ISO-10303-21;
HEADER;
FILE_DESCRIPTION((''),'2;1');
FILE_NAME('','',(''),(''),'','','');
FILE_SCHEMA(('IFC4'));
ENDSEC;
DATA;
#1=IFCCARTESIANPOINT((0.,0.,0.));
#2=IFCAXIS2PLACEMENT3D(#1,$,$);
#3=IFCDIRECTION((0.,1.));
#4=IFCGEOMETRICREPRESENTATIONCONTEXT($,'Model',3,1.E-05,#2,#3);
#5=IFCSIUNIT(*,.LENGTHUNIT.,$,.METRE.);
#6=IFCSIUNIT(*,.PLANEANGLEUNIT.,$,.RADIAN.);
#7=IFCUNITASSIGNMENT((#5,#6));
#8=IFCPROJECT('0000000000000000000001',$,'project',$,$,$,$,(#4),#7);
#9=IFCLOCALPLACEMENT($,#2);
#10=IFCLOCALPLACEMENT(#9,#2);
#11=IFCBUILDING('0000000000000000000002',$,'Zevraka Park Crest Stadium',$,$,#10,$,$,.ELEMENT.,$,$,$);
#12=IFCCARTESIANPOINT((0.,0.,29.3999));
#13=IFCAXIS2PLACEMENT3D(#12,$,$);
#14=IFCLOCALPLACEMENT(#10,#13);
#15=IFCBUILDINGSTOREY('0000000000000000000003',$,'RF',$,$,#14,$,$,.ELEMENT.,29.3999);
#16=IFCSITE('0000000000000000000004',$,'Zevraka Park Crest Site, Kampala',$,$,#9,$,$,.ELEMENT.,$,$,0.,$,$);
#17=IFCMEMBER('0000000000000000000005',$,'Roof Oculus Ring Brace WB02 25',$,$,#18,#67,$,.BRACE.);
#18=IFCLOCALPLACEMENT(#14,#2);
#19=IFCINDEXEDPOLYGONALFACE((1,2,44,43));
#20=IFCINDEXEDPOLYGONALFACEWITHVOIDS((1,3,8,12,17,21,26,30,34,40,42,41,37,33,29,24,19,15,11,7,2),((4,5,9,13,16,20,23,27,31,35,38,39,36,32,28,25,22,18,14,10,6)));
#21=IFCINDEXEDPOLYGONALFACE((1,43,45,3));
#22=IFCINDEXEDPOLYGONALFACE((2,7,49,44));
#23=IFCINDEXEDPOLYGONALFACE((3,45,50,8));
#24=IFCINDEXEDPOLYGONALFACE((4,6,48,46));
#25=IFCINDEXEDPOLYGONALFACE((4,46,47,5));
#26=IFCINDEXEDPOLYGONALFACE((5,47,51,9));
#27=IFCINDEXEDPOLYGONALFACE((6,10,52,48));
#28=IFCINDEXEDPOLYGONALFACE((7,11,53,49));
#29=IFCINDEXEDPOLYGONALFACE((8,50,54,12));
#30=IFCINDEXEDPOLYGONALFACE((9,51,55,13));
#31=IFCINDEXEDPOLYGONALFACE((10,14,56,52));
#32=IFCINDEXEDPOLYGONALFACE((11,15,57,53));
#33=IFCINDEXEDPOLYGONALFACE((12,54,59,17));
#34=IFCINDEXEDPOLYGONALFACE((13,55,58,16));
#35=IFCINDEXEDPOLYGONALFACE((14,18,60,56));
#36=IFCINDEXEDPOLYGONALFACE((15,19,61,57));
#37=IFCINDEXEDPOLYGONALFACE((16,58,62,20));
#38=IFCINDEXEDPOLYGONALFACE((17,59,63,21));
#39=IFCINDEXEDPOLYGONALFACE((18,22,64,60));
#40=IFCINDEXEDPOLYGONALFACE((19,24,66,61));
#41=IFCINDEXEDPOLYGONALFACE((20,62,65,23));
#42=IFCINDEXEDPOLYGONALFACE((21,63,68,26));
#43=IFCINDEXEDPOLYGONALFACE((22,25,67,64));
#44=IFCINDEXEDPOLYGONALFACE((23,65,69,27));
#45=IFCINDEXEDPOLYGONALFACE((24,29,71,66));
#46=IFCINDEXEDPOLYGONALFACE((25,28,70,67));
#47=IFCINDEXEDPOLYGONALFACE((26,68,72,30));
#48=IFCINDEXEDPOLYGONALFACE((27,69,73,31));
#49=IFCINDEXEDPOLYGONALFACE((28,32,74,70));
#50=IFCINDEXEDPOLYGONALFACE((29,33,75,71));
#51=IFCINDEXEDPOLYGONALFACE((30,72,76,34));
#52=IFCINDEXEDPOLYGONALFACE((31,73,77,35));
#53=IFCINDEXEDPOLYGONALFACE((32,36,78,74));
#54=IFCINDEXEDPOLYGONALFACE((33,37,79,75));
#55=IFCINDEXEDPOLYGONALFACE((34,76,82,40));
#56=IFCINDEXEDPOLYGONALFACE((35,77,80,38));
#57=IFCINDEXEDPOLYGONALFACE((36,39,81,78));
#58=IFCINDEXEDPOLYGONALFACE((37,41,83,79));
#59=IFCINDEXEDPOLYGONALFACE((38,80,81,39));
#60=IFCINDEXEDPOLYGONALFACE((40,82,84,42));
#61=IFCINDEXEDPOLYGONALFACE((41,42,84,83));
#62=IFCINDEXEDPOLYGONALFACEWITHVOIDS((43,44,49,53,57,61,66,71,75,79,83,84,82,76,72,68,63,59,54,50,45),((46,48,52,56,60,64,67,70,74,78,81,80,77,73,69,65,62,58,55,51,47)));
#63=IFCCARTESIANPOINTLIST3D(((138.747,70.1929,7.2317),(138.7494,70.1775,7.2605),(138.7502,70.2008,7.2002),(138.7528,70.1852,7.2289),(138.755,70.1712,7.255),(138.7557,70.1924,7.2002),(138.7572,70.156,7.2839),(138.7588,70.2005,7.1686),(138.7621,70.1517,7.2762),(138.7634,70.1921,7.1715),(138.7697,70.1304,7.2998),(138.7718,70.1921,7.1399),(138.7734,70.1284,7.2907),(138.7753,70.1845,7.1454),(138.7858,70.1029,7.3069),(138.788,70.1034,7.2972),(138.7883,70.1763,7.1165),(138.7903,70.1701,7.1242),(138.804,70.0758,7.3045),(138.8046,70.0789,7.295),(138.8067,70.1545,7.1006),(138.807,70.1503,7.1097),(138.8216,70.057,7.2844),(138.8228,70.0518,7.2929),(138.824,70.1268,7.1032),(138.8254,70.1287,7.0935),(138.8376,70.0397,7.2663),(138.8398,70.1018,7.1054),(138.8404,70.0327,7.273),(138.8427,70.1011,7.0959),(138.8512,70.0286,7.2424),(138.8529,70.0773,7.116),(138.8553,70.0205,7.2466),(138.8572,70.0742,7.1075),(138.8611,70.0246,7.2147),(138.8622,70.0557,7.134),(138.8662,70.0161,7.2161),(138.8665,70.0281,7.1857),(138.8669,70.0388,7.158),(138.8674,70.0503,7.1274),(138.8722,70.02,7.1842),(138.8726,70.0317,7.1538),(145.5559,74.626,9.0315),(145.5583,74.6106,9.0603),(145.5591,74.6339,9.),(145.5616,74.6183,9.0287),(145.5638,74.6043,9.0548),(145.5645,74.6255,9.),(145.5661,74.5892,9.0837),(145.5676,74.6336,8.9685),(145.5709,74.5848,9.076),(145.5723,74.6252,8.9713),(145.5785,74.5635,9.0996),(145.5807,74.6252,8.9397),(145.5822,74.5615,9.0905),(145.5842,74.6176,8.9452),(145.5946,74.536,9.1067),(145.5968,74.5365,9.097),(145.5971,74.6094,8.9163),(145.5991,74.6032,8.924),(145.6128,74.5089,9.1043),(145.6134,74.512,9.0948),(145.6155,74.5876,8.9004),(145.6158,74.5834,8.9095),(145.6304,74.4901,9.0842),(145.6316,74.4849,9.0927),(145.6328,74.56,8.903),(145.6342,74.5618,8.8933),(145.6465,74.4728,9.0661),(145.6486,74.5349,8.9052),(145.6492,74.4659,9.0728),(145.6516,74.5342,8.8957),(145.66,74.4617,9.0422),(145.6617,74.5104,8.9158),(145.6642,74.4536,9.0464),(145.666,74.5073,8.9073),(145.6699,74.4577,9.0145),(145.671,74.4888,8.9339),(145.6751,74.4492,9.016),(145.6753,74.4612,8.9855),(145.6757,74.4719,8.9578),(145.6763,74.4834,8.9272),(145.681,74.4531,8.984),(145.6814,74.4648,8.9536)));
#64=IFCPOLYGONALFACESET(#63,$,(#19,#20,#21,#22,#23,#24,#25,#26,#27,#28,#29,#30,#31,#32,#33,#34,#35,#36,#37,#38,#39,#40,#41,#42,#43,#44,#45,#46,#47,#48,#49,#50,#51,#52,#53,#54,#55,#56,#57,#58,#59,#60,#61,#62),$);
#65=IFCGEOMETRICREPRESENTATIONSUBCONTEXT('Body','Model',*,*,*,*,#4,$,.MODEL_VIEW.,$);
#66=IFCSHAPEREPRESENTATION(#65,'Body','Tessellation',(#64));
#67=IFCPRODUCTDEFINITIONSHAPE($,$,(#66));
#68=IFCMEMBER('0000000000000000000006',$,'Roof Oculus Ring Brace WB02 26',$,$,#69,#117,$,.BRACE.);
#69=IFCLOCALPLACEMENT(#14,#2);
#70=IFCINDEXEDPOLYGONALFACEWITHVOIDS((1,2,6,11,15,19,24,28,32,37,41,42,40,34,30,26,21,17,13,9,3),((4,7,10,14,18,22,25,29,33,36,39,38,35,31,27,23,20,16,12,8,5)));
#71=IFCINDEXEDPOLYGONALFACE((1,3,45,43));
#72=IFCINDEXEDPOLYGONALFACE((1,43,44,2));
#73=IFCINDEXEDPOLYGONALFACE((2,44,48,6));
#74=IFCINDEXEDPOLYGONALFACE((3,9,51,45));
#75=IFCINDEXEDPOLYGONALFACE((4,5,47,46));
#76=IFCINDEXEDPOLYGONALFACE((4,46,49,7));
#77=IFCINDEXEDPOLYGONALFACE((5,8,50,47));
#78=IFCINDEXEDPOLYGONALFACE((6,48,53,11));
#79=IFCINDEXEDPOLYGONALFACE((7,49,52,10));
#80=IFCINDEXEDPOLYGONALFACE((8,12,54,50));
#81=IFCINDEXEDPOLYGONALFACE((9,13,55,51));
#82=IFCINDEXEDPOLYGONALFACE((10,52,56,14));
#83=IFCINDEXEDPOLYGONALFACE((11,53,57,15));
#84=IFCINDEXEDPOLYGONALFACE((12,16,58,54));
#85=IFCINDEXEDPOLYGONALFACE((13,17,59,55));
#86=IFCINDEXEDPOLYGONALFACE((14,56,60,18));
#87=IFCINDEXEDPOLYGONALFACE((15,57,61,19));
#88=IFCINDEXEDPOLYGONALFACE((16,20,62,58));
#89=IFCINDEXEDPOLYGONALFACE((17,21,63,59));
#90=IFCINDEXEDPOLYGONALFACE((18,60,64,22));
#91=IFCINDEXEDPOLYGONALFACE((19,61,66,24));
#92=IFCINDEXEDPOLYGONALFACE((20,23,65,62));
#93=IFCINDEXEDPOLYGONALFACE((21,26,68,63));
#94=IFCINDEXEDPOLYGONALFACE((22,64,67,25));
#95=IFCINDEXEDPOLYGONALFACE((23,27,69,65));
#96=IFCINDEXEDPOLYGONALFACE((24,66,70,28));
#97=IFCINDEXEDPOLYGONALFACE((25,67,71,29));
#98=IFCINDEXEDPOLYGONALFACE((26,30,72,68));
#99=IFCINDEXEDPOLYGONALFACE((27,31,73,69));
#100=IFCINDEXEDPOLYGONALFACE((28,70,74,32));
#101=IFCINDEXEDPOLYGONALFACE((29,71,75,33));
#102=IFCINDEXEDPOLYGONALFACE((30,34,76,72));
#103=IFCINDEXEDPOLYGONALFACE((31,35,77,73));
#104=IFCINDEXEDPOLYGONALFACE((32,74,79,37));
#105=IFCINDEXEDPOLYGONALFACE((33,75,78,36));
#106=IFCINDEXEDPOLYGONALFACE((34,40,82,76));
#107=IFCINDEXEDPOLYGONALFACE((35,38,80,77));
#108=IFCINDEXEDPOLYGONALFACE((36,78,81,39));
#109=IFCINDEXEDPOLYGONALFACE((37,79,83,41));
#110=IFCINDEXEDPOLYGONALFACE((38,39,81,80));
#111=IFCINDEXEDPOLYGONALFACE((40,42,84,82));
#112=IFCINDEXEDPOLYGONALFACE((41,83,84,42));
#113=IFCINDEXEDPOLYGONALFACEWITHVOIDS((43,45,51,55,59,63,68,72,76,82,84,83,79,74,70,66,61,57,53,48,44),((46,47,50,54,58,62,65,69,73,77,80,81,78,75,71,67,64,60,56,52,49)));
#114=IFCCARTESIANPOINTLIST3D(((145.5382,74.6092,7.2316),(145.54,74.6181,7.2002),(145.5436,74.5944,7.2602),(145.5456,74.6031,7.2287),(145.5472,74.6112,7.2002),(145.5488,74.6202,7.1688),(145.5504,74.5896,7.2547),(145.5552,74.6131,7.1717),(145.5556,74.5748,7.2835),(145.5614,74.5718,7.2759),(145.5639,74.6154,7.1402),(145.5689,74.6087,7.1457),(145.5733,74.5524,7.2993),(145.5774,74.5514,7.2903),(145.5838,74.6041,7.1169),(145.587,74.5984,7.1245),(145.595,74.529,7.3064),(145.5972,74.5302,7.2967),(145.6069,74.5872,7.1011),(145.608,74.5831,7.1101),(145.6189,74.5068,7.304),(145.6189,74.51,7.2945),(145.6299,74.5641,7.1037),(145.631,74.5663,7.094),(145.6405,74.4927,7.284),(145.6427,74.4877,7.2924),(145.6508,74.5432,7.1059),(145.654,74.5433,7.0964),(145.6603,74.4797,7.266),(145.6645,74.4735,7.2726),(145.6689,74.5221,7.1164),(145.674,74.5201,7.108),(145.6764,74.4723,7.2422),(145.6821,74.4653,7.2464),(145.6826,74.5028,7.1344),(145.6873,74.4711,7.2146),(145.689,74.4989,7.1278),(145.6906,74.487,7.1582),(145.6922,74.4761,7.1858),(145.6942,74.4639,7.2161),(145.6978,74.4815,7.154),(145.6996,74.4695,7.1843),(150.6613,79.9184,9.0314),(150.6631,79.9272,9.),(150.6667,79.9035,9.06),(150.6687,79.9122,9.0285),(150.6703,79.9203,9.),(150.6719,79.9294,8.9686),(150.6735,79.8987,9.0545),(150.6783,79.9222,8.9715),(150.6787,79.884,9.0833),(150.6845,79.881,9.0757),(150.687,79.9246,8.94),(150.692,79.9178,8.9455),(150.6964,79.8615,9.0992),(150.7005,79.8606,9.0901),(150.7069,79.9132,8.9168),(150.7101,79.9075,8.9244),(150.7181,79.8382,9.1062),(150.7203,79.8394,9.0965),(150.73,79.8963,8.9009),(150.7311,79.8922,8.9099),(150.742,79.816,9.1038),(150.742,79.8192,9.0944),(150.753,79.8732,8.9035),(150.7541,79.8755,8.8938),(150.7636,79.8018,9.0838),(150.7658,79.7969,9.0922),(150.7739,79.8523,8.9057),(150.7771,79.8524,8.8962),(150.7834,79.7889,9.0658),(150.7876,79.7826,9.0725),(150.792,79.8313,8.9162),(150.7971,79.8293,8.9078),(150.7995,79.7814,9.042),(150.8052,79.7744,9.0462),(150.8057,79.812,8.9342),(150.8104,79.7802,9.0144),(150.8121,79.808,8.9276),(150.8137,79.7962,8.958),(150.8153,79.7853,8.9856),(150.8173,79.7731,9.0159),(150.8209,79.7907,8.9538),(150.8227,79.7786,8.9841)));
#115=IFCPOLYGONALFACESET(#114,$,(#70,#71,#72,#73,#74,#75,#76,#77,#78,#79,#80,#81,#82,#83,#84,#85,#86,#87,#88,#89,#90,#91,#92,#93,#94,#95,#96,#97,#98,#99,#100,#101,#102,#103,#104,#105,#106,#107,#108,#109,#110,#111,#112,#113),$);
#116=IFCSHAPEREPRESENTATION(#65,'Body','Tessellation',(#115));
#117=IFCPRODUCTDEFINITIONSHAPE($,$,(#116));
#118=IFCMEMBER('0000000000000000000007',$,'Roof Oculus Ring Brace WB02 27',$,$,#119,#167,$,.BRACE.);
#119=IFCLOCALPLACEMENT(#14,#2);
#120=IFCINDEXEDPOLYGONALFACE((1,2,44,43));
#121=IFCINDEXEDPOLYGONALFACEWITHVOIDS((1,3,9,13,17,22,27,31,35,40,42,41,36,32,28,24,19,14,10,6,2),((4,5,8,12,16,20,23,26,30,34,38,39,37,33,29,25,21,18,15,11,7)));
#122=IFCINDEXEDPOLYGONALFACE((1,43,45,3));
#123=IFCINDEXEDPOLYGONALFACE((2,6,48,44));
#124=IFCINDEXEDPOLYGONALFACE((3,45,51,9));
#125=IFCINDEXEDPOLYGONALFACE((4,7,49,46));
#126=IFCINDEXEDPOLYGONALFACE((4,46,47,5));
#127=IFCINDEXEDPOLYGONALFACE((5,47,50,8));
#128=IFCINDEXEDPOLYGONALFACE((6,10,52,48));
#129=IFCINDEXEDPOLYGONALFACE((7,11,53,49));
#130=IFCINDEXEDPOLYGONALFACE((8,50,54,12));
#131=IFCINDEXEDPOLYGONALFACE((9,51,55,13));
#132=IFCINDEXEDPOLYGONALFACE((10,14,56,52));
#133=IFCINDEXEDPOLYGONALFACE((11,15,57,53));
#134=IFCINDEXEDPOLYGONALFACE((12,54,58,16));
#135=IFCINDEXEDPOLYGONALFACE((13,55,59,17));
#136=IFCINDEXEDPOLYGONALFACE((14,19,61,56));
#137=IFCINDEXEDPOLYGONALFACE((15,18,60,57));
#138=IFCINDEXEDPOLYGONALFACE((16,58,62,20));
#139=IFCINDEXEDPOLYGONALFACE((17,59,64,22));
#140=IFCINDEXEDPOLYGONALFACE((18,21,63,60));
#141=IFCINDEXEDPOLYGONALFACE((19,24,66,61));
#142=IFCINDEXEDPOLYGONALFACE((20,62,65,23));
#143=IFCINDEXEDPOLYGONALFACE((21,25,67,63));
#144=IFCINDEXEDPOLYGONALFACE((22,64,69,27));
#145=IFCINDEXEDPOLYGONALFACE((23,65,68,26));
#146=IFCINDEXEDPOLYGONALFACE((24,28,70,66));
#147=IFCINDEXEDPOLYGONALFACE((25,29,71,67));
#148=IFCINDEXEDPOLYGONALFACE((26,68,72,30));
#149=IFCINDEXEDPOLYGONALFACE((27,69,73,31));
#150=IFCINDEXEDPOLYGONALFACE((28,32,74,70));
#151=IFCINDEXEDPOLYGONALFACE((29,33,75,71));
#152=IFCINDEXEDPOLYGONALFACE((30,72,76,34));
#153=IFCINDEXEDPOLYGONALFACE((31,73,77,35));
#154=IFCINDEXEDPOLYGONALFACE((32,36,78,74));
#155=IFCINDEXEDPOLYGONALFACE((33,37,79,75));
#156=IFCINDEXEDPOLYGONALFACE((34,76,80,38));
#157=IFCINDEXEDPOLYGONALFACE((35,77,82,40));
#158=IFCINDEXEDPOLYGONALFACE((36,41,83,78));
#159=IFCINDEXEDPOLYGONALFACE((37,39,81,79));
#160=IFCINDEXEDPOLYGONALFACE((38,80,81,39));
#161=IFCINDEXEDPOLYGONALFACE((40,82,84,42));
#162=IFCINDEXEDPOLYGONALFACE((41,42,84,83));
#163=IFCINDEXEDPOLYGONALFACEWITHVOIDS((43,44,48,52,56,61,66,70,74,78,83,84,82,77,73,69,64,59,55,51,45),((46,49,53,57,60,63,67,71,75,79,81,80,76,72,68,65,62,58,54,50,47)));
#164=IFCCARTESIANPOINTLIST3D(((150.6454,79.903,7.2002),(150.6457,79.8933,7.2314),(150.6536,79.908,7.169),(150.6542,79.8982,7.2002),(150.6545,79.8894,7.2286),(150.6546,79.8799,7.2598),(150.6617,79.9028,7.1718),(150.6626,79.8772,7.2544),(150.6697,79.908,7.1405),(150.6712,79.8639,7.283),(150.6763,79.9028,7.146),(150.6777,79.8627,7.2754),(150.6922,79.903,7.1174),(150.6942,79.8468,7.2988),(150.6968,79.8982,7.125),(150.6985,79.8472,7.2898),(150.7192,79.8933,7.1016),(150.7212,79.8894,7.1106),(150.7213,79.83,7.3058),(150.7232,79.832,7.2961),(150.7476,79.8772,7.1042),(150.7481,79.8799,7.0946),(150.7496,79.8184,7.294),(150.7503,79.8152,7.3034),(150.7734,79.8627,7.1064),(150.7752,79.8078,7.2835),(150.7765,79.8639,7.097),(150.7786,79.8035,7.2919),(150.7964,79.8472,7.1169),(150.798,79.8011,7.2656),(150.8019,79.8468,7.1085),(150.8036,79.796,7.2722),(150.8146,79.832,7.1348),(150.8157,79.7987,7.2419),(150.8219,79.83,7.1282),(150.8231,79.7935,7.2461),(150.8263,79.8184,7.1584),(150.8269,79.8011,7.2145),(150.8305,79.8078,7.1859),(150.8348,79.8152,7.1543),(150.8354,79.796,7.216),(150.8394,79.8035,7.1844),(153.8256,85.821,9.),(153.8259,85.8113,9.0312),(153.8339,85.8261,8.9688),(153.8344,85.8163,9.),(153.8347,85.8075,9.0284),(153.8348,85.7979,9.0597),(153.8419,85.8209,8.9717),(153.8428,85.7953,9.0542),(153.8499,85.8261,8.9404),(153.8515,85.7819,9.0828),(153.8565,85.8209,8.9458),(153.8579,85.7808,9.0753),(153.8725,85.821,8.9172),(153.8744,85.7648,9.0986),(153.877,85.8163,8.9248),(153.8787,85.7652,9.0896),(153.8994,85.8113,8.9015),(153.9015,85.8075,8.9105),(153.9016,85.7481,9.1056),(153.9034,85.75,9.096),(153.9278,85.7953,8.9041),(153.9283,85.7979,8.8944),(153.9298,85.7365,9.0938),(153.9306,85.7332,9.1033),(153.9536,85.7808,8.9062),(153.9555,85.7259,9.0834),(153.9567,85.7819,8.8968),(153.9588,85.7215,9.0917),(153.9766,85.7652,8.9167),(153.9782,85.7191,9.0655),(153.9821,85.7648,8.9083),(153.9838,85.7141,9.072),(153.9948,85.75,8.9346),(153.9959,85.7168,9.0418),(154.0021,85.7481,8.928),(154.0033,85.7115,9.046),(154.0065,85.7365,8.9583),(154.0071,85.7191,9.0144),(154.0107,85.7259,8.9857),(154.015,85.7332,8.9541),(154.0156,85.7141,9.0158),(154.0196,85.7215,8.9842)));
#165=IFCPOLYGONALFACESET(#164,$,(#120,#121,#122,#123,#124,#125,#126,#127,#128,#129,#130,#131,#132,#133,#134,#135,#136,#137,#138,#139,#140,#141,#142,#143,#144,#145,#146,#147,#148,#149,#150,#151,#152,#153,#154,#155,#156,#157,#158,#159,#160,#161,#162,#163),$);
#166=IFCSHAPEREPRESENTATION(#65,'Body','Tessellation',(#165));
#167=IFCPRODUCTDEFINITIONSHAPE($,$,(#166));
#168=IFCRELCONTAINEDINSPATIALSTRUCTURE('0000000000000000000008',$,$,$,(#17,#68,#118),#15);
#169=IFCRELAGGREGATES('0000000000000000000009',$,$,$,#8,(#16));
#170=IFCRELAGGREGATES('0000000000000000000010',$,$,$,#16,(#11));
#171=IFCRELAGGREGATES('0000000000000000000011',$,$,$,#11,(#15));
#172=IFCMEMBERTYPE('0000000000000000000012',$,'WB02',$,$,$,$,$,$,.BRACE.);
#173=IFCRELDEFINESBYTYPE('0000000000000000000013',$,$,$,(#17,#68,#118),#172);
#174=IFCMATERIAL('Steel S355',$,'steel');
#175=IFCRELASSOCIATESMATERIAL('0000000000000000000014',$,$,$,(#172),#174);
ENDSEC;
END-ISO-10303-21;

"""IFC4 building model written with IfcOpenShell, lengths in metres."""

from ifc_helpers import new_model, si_unit, direction, frame, origin, origin_2d, place, context, subcontext, project, spatial, hollow_circle, extrude, material, material_profile, profile_set, type_object, element, save


model = new_model("IFC4")

# Units and contexts
model_context = context("Model", 3, precision=1e-05, world=origin(), true_north=direction((0.0, 1.0)))
body_context = subcontext(model_context, "Body", "Model", "MODEL_VIEW")
ifc_project = project(units=[si_unit("LENGTHUNIT", "METRE"), si_unit("PLANEANGLEUNIT", "RADIAN")], contexts=[model_context])

# Site, building, storey
site_placement = place(None, origin())
site = spatial("IfcSite", under=ifc_project, at=site_placement, Name="Zevraka Park Crest Site, Kampala", CompositionType="ELEMENT", RefElevation=0.0)
building_placement = place(site_placement, origin())
building = spatial("IfcBuilding", under=site, at=building_placement, Name="Zevraka Park Crest Stadium", CompositionType="ELEMENT")
storey_placement = place(building_placement, frame((0.0, 0.0, 29.3999)))
storey = spatial("IfcBuildingStorey", under=building, at=storey_placement, Name="RF", CompositionType="ELEMENT", Elevation=29.3999)

# Members
ifc_material_1 = material(Name="Steel S355", Category="steel")
ifc_material_profile_1 = material_profile(ifc_material_1, hollow_circle(Radius=0.1096, WallThickness=0.01, at=origin_2d()), Name="CHS 219.1x10")
ifc_profile_set_1 = profile_set([ifc_material_profile_1], Name="Steel S355")
member_type_1 = type_object("IfcMemberType", Name="WB02", PredefinedType="BRACE", material=ifc_profile_set_1)
member_1_placement = place(storey_placement, frame((138.8101, 70.1089, 7.2002), z_axis=(0.818195, 0.532711, 0.216276), x_axis=(-0.545625, 0.838029, 0.0)))
element("IfcMember", 1, at=member_1_placement, inside=storey, type_object=member_type_1, Name="Roof Oculus Ring Brace WB02 25", PredefinedType="BRACE", context=body_context, shape_type="SweptSolid", body=[
    extrude(hollow_circle(Radius=0.1096, WallThickness=0.01, at=origin_2d()), origin(), (0.0, 0.0, 1.0), 8.3218),
])
member_2_placement = place(storey_placement, frame((145.6189, 74.542, 7.2002), z_axis=(0.674604, 0.699101, 0.236999), x_axis=(-0.719602, 0.694387, 0.0)))
element("IfcMember", 2, at=member_2_placement, inside=storey, type_object=member_type_1, Name="Roof Oculus Ring Brace WB02 26", PredefinedType="BRACE", context=body_context, shape_type="SweptSolid", body=[
    extrude(hollow_circle(Radius=0.1096, WallThickness=0.01, at=origin_2d()), origin(), (0.0, 0.0, 1.0), 7.5942),
])
member_3_placement = place(storey_placement, frame((150.7419, 79.8511, 7.2002), z_axis=(0.457235, 0.850866, 0.25877), x_axis=(-0.88087, 0.473359, 0.0)))
element("IfcMember", 3, at=member_3_placement, inside=storey, type_object=member_type_1, Name="Roof Oculus Ring Brace WB02 27", PredefinedType="BRACE", context=body_context, shape_type="SweptSolid", body=[
    extrude(hollow_circle(Radius=0.1096, WallThickness=0.01, at=origin_2d()), origin(), (0.0, 0.0, 1.0), 6.9553),
])

save(model, "model.ifc")
